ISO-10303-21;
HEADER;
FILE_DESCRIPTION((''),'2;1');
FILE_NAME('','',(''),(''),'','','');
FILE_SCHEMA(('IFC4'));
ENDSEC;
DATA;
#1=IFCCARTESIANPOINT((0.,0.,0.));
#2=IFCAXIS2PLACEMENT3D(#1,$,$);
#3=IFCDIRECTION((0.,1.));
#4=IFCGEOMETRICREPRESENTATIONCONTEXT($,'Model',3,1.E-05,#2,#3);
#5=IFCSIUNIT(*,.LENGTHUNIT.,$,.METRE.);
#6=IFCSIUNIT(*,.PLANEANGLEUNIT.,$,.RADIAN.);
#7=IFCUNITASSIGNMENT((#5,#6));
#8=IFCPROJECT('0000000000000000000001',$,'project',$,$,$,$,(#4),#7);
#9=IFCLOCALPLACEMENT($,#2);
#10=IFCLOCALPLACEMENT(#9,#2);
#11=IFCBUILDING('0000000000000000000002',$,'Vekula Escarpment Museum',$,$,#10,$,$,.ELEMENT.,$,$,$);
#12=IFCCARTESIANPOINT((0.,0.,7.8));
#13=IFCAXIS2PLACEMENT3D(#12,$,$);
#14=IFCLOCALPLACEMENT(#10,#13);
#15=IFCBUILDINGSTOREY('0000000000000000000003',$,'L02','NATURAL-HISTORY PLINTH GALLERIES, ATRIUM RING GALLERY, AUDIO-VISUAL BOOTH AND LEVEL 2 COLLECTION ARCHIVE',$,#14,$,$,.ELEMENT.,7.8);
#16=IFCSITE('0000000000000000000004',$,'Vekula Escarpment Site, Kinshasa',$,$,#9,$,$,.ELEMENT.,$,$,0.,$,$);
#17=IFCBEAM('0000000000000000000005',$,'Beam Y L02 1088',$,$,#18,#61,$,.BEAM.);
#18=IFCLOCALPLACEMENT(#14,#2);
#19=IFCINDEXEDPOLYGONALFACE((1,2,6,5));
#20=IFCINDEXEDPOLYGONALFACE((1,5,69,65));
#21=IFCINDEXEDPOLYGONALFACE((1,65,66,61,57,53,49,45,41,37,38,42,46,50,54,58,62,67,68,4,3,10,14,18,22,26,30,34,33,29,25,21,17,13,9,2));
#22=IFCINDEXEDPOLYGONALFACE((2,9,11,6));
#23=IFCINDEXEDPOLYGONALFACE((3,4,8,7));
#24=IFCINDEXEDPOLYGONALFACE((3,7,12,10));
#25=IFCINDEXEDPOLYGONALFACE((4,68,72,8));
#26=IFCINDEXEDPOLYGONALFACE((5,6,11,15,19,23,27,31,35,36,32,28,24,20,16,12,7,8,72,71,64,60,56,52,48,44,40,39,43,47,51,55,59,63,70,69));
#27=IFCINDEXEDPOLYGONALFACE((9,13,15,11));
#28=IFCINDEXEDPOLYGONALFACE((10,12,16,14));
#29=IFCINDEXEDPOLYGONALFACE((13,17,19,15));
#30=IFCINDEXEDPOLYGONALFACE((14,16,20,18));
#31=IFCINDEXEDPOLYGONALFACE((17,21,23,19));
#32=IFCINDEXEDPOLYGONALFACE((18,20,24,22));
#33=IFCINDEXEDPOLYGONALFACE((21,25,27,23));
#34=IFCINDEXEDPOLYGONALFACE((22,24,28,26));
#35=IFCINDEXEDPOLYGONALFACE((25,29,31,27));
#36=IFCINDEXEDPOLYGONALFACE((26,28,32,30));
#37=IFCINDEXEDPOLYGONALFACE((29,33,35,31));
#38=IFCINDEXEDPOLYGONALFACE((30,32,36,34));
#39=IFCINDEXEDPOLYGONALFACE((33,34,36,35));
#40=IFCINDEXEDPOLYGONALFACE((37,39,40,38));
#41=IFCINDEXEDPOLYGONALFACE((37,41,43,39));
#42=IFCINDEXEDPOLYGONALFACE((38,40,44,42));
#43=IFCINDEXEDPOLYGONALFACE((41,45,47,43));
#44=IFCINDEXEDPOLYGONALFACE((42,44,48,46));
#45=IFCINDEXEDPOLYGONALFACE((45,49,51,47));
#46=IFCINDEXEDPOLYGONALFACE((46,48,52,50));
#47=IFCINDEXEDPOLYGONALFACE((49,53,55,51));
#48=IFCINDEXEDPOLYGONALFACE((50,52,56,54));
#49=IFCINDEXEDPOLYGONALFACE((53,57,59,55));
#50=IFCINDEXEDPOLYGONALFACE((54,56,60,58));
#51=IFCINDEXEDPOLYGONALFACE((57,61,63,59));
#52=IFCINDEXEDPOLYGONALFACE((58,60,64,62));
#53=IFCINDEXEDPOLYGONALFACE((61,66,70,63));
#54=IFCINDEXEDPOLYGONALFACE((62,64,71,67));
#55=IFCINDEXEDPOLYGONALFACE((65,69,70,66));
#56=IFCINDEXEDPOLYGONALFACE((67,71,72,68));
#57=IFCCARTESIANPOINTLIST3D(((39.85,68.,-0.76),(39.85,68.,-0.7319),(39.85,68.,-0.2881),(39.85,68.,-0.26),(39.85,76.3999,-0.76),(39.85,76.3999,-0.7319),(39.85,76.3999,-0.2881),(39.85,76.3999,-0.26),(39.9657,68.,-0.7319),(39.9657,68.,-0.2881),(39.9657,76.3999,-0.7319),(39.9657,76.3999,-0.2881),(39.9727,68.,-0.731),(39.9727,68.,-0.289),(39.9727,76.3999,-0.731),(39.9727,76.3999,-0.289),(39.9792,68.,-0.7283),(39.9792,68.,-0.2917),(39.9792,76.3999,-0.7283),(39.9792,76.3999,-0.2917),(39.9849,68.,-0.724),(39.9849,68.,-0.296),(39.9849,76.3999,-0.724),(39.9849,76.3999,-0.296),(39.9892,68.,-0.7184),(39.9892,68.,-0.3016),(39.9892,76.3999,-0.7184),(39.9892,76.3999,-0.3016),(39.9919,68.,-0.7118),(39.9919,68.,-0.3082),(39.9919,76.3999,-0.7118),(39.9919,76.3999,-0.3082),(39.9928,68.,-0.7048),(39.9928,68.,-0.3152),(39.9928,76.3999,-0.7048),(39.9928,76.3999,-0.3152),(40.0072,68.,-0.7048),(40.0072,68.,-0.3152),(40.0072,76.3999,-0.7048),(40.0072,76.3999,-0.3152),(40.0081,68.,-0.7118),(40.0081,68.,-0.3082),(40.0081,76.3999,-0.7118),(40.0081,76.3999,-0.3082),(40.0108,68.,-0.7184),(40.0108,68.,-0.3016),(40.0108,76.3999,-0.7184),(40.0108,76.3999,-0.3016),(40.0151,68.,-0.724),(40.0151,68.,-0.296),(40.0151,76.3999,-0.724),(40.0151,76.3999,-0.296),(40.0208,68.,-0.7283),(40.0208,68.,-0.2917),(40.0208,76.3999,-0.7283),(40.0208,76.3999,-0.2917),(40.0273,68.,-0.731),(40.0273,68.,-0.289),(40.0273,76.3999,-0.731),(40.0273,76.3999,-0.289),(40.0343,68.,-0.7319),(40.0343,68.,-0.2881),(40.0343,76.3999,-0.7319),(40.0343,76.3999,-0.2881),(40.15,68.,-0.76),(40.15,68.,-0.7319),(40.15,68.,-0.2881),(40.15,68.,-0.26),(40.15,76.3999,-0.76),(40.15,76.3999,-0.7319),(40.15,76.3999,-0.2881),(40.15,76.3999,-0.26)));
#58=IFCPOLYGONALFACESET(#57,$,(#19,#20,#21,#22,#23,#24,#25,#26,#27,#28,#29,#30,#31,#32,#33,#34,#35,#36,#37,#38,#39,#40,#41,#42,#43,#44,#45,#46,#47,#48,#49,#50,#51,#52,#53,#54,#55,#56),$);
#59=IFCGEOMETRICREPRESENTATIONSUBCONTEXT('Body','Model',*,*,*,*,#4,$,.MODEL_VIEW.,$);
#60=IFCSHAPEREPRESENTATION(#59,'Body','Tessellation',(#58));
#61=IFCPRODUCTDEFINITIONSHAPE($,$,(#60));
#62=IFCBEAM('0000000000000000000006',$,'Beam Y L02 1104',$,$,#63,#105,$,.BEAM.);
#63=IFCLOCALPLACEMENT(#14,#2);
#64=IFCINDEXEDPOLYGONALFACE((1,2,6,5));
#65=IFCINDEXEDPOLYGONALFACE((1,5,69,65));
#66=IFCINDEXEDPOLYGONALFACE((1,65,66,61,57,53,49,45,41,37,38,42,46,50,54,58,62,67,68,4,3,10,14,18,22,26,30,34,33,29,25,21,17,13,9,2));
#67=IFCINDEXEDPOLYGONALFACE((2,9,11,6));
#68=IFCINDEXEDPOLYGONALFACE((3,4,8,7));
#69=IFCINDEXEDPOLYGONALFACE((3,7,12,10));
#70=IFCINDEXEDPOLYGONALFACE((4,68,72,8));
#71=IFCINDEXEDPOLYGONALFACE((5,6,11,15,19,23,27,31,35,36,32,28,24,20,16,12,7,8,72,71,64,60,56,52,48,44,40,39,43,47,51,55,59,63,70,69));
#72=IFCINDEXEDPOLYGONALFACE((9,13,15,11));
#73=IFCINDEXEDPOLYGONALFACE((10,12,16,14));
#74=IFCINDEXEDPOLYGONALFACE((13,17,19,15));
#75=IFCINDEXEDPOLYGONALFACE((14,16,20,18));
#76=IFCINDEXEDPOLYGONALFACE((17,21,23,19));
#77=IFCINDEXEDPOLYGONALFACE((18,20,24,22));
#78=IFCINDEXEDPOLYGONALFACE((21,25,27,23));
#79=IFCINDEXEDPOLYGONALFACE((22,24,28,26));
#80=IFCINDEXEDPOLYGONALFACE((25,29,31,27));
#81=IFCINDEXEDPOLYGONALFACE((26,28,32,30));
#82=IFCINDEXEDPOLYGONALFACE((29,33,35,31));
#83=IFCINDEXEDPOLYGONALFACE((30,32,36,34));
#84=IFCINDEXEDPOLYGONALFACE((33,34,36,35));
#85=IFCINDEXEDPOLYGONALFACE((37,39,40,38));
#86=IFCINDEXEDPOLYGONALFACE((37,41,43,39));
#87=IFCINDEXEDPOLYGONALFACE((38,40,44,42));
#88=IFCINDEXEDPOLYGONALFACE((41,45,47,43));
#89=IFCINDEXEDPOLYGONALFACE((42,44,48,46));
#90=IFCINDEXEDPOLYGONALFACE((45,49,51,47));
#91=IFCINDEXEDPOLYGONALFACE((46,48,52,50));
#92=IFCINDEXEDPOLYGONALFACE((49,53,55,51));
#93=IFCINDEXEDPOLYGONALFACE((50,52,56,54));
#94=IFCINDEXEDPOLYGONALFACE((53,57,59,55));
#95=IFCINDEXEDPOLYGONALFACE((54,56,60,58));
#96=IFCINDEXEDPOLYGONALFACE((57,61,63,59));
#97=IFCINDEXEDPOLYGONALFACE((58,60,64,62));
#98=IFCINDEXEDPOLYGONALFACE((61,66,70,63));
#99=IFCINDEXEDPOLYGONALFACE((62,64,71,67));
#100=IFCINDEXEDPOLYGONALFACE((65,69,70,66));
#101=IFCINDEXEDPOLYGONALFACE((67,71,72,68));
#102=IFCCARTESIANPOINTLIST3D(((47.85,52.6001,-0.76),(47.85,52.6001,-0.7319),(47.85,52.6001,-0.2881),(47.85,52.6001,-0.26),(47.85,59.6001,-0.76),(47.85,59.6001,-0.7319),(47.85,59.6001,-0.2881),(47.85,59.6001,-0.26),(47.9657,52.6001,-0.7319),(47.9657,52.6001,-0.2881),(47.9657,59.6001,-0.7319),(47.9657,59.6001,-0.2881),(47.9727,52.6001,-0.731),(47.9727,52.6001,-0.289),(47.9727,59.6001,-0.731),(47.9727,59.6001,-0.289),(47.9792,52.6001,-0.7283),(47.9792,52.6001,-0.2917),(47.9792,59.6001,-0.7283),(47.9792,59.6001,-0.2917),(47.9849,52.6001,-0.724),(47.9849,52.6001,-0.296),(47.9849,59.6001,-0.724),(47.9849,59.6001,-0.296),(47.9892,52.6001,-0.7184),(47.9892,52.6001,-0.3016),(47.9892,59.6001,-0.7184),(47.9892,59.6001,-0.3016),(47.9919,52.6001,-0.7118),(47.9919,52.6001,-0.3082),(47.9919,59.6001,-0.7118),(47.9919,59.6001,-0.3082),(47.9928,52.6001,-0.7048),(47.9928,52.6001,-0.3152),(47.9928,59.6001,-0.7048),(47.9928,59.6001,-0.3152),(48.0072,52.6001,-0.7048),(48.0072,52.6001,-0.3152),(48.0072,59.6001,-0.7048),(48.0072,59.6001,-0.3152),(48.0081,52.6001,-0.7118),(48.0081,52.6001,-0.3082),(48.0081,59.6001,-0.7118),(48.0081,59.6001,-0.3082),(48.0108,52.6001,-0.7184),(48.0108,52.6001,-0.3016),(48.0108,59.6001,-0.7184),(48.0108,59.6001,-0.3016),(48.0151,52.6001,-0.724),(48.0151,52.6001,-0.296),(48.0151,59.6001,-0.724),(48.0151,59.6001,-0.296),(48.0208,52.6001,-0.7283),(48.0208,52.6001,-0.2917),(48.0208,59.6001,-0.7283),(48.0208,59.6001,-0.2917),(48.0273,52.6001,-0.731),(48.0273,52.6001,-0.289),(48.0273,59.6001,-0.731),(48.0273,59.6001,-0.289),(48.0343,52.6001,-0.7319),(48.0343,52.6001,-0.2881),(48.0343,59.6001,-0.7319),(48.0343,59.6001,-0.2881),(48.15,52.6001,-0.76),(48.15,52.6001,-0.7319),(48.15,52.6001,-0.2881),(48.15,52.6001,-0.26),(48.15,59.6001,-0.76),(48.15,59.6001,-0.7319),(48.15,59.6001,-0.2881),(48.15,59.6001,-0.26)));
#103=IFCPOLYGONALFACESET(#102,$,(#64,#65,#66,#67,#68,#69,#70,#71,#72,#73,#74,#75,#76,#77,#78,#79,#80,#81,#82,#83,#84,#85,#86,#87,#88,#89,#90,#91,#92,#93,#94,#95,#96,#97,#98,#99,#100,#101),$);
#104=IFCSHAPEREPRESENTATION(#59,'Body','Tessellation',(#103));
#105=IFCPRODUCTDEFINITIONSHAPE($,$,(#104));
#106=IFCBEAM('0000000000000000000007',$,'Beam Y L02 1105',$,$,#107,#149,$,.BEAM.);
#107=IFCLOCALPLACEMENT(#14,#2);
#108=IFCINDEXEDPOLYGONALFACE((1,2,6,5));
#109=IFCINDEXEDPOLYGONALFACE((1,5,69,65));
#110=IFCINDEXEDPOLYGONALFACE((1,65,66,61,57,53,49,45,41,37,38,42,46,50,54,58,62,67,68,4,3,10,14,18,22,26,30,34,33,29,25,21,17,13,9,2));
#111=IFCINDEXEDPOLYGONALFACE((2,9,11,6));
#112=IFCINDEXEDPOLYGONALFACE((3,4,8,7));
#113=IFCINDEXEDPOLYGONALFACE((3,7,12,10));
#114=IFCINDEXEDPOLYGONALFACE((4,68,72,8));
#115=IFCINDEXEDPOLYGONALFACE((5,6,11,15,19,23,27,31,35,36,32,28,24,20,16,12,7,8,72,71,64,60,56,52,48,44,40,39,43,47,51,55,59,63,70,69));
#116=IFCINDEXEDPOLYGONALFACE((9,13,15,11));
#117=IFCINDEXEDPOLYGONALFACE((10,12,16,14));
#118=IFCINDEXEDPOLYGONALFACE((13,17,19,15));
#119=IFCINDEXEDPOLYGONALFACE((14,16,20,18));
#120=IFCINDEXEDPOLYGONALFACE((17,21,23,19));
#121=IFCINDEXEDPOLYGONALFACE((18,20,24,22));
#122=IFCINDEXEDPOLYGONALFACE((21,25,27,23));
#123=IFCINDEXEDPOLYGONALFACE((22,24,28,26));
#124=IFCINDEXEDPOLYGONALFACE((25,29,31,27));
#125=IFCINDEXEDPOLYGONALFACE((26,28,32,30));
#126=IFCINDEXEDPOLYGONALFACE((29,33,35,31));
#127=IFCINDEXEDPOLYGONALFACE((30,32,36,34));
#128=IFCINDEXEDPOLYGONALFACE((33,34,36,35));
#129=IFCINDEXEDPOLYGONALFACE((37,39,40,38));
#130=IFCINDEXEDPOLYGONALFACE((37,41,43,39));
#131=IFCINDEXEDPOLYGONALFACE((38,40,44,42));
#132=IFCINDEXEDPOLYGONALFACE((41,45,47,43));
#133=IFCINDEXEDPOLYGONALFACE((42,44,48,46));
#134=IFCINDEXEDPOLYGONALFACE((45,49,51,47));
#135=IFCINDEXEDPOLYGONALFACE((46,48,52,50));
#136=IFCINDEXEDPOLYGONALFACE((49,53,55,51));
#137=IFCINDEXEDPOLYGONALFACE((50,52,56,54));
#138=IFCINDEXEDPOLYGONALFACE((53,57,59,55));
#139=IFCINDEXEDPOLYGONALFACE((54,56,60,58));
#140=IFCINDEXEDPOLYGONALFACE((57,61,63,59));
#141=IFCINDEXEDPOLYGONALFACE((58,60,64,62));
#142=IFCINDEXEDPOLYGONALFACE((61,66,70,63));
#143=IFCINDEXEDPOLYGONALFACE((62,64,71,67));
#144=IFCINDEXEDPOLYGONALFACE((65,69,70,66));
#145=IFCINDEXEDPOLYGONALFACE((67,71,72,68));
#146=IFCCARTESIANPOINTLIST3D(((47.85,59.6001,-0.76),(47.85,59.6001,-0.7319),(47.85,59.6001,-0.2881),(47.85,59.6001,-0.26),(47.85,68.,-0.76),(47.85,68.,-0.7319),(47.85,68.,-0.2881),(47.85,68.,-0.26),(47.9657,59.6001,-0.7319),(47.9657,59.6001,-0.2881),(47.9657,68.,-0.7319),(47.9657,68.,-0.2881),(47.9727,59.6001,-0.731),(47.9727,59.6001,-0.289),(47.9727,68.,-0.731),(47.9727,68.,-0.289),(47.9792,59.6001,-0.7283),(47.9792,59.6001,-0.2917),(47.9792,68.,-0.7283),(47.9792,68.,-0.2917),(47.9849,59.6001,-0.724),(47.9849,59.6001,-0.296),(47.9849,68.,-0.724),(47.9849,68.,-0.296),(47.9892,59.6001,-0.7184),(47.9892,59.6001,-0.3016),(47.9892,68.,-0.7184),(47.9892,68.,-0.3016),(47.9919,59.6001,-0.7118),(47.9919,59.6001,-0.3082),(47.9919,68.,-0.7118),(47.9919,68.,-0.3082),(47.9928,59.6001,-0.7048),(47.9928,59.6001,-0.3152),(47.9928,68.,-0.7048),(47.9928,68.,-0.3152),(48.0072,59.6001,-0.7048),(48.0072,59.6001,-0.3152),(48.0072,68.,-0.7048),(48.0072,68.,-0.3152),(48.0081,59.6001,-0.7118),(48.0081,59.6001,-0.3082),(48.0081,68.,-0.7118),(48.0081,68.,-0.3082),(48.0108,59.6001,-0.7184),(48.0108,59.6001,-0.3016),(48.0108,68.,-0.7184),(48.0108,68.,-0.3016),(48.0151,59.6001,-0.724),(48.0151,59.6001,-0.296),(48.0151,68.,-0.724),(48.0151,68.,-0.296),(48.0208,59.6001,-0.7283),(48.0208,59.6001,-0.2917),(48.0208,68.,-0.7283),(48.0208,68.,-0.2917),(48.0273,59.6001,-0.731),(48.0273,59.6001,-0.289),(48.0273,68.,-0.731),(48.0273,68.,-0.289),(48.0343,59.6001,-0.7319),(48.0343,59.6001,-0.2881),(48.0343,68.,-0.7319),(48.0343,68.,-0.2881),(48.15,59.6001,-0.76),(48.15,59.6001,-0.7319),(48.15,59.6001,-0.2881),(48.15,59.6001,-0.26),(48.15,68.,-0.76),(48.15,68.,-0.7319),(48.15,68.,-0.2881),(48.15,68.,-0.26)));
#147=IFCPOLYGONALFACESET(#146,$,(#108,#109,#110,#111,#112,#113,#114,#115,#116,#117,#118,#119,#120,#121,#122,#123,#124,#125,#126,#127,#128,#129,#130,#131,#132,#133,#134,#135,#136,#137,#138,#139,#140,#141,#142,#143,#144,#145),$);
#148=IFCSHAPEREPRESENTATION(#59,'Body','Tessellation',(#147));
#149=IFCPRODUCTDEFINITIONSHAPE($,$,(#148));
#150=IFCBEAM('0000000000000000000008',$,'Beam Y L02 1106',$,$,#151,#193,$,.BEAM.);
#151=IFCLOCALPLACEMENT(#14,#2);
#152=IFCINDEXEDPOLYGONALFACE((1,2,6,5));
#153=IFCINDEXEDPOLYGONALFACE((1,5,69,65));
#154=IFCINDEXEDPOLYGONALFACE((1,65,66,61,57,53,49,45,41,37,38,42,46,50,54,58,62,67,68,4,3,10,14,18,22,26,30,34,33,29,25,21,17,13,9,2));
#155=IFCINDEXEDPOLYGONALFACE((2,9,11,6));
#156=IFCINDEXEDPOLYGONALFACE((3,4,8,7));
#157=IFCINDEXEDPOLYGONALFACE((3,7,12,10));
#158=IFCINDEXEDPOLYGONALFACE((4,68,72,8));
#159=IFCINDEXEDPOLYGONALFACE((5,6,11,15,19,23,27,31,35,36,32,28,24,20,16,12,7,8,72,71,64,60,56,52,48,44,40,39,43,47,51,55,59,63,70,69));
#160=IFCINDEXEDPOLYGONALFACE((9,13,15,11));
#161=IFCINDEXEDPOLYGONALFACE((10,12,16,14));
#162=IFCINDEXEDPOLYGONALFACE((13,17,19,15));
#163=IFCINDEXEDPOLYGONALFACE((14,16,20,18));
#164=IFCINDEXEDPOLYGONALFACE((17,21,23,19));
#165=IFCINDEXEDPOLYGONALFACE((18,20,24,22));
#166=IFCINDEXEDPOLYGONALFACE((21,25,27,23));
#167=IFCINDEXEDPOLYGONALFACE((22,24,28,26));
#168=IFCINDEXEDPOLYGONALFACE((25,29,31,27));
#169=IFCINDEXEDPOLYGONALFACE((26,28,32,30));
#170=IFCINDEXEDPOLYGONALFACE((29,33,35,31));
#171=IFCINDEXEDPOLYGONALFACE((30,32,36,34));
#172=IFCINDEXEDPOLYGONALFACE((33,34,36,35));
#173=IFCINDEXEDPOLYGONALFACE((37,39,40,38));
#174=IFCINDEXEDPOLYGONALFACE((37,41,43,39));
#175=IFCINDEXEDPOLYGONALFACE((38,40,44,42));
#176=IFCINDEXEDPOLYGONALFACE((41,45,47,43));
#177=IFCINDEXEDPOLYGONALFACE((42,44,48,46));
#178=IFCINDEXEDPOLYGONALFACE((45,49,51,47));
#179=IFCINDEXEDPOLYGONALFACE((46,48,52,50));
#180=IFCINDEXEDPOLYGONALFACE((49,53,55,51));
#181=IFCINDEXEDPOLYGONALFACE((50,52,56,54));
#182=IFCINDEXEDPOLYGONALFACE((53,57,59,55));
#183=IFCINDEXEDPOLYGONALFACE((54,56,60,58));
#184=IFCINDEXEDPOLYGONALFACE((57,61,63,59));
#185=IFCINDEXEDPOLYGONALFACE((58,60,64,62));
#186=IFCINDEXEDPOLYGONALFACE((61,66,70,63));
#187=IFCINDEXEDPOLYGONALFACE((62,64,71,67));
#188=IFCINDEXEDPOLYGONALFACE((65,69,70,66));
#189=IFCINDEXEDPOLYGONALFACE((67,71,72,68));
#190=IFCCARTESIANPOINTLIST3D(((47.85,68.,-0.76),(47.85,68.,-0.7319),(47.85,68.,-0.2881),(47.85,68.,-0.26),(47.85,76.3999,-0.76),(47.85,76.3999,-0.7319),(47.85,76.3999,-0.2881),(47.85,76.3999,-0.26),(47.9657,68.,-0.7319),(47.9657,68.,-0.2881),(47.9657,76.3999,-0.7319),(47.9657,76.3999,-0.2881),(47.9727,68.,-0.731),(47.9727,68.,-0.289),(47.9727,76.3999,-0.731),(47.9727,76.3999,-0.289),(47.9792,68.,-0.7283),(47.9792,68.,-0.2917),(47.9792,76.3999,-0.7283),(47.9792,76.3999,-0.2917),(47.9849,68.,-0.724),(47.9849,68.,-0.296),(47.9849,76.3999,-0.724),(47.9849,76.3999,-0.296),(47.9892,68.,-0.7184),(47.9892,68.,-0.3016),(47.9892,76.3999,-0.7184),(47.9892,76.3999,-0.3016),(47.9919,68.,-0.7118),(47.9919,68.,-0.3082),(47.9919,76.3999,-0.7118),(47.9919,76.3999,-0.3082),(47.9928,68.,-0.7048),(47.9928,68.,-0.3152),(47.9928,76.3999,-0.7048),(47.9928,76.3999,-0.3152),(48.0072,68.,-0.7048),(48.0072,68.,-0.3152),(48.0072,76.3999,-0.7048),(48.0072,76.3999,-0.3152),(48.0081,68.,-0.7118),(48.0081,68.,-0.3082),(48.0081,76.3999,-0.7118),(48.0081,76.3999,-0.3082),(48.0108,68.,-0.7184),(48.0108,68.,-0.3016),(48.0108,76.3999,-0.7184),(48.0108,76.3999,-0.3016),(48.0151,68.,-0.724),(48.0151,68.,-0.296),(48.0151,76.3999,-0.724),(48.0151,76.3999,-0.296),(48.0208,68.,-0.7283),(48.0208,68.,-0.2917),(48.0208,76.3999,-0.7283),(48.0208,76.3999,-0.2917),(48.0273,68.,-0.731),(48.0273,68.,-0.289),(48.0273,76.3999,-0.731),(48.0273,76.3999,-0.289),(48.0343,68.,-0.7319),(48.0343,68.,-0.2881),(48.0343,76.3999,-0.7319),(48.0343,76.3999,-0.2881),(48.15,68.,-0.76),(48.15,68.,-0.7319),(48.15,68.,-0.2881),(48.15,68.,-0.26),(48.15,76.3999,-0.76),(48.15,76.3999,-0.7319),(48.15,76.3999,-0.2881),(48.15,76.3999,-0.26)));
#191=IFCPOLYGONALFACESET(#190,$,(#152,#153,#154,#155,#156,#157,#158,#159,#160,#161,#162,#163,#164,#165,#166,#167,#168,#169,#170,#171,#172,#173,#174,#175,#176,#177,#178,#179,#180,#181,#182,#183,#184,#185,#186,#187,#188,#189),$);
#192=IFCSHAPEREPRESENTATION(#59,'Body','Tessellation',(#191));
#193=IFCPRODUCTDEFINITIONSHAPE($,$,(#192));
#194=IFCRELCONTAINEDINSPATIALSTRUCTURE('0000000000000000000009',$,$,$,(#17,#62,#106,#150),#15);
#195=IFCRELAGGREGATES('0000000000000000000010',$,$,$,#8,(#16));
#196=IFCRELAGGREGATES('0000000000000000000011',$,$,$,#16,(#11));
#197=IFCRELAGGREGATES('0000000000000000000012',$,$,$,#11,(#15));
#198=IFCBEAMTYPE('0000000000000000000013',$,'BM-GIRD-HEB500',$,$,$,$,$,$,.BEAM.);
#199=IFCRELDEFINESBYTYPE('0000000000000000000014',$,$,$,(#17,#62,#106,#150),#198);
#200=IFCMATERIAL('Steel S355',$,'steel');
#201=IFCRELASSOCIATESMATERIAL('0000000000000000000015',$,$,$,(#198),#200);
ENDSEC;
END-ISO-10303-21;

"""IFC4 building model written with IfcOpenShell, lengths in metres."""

from ifc_helpers import new_model, si_unit, direction, frame, origin, origin_2d, place, context, subcontext, project, spatial, i_section, extrude, material, material_profile, profile_set, type_object, element, save


model = new_model("IFC4")

# Units and contexts
model_context = context("Model", 3, precision=1e-05, world=origin(), true_north=direction((0.0, 1.0)))
body_context = subcontext(model_context, "Body", "Model", "MODEL_VIEW")
ifc_project = project(units=[si_unit("LENGTHUNIT", "METRE"), si_unit("PLANEANGLEUNIT", "RADIAN")], contexts=[model_context])

# Site, building, storey
site_placement = place(None, origin())
site = spatial("IfcSite", under=ifc_project, at=site_placement, Name="Vekula Escarpment Site, Kinshasa", CompositionType="ELEMENT", RefElevation=0.0)
building_placement = place(site_placement, origin())
building = spatial("IfcBuilding", under=site, at=building_placement, Name="Vekula Escarpment Museum", CompositionType="ELEMENT")
storey_placement = place(building_placement, frame((0.0, 0.0, 7.8)))
storey = spatial("IfcBuildingStorey", under=building, at=storey_placement, Name="L02", Description="NATURAL-HISTORY PLINTH GALLERIES, ATRIUM RING GALLERY, AUDIO-VISUAL BOOTH AND LEVEL 2 COLLECTION ARCHIVE", CompositionType="ELEMENT", Elevation=7.8)

# Beams
ifc_material_1 = material(Name="Steel S355", Category="steel")
ifc_material_profile_1 = material_profile(ifc_material_1, i_section(OverallWidth=0.3, OverallDepth=0.5, WebThickness=0.0144, FlangeThickness=0.0281, FilletRadius=0.0271, at=origin_2d()), Name="HEB 500")
ifc_profile_set_1 = profile_set([ifc_material_profile_1], Name="Steel S355")
beam_type_1 = type_object("IfcBeamType", Name="BM-GIRD-HEB500", PredefinedType="BEAM", material=ifc_profile_set_1)
for number, where, z_axis, x_axis, name in (
    (1, (40.0, 68.0, -0.51), (0.0, 1.0, 0.0), (-1.0, 0.0, 0.0), "Beam Y L02 1088"),
):
    element("IfcBeam", number, at=place(storey_placement, frame(where, z_axis=z_axis, x_axis=x_axis)), inside=storey, type_object=beam_type_1, Name=name, PredefinedType="BEAM", context=body_context, shape_type="SweptSolid", body=[
        extrude(i_section(OverallWidth=0.3, OverallDepth=0.5, WebThickness=0.0144, FlangeThickness=0.0281, FilletRadius=0.0271, at=origin_2d()), origin(), (0.0, 0.0, 1.0), 8.3999),
    ])
beam_1_placement = place(storey_placement, frame((48.0, 52.6001, -0.51), z_axis=(0.0, 1.0, 0.0), x_axis=(-1.0, 0.0, 0.0)))
element("IfcBeam", 2, at=beam_1_placement, inside=storey, type_object=beam_type_1, Name="Beam Y L02 1104", PredefinedType="BEAM", context=body_context, shape_type="SweptSolid", body=[
    extrude(i_section(OverallWidth=0.3, OverallDepth=0.5, WebThickness=0.0144, FlangeThickness=0.0281, FilletRadius=0.0271, at=origin_2d()), origin(), (0.0, 0.0, 1.0), 7.0),
])
for number, where, z_axis, x_axis, name in (
    (3, (48.0, 59.6001, -0.51), (0.0, 1.0, 0.0), (-1.0, 0.0, 0.0), "Beam Y L02 1105"),
    (4, (48.0, 68.0, -0.51), (0.0, 1.0, 0.0), (-1.0, 0.0, 0.0), "Beam Y L02 1106"),
):
    element("IfcBeam", number, at=place(storey_placement, frame(where, z_axis=z_axis, x_axis=x_axis)), inside=storey, type_object=beam_type_1, Name=name, PredefinedType="BEAM", context=body_context, shape_type="SweptSolid", body=[
        extrude(i_section(OverallWidth=0.3, OverallDepth=0.5, WebThickness=0.0144, FlangeThickness=0.0281, FilletRadius=0.0271, at=origin_2d()), origin(), (0.0, 0.0, 1.0), 8.3999),
    ])

save(model, "model.ifc")
